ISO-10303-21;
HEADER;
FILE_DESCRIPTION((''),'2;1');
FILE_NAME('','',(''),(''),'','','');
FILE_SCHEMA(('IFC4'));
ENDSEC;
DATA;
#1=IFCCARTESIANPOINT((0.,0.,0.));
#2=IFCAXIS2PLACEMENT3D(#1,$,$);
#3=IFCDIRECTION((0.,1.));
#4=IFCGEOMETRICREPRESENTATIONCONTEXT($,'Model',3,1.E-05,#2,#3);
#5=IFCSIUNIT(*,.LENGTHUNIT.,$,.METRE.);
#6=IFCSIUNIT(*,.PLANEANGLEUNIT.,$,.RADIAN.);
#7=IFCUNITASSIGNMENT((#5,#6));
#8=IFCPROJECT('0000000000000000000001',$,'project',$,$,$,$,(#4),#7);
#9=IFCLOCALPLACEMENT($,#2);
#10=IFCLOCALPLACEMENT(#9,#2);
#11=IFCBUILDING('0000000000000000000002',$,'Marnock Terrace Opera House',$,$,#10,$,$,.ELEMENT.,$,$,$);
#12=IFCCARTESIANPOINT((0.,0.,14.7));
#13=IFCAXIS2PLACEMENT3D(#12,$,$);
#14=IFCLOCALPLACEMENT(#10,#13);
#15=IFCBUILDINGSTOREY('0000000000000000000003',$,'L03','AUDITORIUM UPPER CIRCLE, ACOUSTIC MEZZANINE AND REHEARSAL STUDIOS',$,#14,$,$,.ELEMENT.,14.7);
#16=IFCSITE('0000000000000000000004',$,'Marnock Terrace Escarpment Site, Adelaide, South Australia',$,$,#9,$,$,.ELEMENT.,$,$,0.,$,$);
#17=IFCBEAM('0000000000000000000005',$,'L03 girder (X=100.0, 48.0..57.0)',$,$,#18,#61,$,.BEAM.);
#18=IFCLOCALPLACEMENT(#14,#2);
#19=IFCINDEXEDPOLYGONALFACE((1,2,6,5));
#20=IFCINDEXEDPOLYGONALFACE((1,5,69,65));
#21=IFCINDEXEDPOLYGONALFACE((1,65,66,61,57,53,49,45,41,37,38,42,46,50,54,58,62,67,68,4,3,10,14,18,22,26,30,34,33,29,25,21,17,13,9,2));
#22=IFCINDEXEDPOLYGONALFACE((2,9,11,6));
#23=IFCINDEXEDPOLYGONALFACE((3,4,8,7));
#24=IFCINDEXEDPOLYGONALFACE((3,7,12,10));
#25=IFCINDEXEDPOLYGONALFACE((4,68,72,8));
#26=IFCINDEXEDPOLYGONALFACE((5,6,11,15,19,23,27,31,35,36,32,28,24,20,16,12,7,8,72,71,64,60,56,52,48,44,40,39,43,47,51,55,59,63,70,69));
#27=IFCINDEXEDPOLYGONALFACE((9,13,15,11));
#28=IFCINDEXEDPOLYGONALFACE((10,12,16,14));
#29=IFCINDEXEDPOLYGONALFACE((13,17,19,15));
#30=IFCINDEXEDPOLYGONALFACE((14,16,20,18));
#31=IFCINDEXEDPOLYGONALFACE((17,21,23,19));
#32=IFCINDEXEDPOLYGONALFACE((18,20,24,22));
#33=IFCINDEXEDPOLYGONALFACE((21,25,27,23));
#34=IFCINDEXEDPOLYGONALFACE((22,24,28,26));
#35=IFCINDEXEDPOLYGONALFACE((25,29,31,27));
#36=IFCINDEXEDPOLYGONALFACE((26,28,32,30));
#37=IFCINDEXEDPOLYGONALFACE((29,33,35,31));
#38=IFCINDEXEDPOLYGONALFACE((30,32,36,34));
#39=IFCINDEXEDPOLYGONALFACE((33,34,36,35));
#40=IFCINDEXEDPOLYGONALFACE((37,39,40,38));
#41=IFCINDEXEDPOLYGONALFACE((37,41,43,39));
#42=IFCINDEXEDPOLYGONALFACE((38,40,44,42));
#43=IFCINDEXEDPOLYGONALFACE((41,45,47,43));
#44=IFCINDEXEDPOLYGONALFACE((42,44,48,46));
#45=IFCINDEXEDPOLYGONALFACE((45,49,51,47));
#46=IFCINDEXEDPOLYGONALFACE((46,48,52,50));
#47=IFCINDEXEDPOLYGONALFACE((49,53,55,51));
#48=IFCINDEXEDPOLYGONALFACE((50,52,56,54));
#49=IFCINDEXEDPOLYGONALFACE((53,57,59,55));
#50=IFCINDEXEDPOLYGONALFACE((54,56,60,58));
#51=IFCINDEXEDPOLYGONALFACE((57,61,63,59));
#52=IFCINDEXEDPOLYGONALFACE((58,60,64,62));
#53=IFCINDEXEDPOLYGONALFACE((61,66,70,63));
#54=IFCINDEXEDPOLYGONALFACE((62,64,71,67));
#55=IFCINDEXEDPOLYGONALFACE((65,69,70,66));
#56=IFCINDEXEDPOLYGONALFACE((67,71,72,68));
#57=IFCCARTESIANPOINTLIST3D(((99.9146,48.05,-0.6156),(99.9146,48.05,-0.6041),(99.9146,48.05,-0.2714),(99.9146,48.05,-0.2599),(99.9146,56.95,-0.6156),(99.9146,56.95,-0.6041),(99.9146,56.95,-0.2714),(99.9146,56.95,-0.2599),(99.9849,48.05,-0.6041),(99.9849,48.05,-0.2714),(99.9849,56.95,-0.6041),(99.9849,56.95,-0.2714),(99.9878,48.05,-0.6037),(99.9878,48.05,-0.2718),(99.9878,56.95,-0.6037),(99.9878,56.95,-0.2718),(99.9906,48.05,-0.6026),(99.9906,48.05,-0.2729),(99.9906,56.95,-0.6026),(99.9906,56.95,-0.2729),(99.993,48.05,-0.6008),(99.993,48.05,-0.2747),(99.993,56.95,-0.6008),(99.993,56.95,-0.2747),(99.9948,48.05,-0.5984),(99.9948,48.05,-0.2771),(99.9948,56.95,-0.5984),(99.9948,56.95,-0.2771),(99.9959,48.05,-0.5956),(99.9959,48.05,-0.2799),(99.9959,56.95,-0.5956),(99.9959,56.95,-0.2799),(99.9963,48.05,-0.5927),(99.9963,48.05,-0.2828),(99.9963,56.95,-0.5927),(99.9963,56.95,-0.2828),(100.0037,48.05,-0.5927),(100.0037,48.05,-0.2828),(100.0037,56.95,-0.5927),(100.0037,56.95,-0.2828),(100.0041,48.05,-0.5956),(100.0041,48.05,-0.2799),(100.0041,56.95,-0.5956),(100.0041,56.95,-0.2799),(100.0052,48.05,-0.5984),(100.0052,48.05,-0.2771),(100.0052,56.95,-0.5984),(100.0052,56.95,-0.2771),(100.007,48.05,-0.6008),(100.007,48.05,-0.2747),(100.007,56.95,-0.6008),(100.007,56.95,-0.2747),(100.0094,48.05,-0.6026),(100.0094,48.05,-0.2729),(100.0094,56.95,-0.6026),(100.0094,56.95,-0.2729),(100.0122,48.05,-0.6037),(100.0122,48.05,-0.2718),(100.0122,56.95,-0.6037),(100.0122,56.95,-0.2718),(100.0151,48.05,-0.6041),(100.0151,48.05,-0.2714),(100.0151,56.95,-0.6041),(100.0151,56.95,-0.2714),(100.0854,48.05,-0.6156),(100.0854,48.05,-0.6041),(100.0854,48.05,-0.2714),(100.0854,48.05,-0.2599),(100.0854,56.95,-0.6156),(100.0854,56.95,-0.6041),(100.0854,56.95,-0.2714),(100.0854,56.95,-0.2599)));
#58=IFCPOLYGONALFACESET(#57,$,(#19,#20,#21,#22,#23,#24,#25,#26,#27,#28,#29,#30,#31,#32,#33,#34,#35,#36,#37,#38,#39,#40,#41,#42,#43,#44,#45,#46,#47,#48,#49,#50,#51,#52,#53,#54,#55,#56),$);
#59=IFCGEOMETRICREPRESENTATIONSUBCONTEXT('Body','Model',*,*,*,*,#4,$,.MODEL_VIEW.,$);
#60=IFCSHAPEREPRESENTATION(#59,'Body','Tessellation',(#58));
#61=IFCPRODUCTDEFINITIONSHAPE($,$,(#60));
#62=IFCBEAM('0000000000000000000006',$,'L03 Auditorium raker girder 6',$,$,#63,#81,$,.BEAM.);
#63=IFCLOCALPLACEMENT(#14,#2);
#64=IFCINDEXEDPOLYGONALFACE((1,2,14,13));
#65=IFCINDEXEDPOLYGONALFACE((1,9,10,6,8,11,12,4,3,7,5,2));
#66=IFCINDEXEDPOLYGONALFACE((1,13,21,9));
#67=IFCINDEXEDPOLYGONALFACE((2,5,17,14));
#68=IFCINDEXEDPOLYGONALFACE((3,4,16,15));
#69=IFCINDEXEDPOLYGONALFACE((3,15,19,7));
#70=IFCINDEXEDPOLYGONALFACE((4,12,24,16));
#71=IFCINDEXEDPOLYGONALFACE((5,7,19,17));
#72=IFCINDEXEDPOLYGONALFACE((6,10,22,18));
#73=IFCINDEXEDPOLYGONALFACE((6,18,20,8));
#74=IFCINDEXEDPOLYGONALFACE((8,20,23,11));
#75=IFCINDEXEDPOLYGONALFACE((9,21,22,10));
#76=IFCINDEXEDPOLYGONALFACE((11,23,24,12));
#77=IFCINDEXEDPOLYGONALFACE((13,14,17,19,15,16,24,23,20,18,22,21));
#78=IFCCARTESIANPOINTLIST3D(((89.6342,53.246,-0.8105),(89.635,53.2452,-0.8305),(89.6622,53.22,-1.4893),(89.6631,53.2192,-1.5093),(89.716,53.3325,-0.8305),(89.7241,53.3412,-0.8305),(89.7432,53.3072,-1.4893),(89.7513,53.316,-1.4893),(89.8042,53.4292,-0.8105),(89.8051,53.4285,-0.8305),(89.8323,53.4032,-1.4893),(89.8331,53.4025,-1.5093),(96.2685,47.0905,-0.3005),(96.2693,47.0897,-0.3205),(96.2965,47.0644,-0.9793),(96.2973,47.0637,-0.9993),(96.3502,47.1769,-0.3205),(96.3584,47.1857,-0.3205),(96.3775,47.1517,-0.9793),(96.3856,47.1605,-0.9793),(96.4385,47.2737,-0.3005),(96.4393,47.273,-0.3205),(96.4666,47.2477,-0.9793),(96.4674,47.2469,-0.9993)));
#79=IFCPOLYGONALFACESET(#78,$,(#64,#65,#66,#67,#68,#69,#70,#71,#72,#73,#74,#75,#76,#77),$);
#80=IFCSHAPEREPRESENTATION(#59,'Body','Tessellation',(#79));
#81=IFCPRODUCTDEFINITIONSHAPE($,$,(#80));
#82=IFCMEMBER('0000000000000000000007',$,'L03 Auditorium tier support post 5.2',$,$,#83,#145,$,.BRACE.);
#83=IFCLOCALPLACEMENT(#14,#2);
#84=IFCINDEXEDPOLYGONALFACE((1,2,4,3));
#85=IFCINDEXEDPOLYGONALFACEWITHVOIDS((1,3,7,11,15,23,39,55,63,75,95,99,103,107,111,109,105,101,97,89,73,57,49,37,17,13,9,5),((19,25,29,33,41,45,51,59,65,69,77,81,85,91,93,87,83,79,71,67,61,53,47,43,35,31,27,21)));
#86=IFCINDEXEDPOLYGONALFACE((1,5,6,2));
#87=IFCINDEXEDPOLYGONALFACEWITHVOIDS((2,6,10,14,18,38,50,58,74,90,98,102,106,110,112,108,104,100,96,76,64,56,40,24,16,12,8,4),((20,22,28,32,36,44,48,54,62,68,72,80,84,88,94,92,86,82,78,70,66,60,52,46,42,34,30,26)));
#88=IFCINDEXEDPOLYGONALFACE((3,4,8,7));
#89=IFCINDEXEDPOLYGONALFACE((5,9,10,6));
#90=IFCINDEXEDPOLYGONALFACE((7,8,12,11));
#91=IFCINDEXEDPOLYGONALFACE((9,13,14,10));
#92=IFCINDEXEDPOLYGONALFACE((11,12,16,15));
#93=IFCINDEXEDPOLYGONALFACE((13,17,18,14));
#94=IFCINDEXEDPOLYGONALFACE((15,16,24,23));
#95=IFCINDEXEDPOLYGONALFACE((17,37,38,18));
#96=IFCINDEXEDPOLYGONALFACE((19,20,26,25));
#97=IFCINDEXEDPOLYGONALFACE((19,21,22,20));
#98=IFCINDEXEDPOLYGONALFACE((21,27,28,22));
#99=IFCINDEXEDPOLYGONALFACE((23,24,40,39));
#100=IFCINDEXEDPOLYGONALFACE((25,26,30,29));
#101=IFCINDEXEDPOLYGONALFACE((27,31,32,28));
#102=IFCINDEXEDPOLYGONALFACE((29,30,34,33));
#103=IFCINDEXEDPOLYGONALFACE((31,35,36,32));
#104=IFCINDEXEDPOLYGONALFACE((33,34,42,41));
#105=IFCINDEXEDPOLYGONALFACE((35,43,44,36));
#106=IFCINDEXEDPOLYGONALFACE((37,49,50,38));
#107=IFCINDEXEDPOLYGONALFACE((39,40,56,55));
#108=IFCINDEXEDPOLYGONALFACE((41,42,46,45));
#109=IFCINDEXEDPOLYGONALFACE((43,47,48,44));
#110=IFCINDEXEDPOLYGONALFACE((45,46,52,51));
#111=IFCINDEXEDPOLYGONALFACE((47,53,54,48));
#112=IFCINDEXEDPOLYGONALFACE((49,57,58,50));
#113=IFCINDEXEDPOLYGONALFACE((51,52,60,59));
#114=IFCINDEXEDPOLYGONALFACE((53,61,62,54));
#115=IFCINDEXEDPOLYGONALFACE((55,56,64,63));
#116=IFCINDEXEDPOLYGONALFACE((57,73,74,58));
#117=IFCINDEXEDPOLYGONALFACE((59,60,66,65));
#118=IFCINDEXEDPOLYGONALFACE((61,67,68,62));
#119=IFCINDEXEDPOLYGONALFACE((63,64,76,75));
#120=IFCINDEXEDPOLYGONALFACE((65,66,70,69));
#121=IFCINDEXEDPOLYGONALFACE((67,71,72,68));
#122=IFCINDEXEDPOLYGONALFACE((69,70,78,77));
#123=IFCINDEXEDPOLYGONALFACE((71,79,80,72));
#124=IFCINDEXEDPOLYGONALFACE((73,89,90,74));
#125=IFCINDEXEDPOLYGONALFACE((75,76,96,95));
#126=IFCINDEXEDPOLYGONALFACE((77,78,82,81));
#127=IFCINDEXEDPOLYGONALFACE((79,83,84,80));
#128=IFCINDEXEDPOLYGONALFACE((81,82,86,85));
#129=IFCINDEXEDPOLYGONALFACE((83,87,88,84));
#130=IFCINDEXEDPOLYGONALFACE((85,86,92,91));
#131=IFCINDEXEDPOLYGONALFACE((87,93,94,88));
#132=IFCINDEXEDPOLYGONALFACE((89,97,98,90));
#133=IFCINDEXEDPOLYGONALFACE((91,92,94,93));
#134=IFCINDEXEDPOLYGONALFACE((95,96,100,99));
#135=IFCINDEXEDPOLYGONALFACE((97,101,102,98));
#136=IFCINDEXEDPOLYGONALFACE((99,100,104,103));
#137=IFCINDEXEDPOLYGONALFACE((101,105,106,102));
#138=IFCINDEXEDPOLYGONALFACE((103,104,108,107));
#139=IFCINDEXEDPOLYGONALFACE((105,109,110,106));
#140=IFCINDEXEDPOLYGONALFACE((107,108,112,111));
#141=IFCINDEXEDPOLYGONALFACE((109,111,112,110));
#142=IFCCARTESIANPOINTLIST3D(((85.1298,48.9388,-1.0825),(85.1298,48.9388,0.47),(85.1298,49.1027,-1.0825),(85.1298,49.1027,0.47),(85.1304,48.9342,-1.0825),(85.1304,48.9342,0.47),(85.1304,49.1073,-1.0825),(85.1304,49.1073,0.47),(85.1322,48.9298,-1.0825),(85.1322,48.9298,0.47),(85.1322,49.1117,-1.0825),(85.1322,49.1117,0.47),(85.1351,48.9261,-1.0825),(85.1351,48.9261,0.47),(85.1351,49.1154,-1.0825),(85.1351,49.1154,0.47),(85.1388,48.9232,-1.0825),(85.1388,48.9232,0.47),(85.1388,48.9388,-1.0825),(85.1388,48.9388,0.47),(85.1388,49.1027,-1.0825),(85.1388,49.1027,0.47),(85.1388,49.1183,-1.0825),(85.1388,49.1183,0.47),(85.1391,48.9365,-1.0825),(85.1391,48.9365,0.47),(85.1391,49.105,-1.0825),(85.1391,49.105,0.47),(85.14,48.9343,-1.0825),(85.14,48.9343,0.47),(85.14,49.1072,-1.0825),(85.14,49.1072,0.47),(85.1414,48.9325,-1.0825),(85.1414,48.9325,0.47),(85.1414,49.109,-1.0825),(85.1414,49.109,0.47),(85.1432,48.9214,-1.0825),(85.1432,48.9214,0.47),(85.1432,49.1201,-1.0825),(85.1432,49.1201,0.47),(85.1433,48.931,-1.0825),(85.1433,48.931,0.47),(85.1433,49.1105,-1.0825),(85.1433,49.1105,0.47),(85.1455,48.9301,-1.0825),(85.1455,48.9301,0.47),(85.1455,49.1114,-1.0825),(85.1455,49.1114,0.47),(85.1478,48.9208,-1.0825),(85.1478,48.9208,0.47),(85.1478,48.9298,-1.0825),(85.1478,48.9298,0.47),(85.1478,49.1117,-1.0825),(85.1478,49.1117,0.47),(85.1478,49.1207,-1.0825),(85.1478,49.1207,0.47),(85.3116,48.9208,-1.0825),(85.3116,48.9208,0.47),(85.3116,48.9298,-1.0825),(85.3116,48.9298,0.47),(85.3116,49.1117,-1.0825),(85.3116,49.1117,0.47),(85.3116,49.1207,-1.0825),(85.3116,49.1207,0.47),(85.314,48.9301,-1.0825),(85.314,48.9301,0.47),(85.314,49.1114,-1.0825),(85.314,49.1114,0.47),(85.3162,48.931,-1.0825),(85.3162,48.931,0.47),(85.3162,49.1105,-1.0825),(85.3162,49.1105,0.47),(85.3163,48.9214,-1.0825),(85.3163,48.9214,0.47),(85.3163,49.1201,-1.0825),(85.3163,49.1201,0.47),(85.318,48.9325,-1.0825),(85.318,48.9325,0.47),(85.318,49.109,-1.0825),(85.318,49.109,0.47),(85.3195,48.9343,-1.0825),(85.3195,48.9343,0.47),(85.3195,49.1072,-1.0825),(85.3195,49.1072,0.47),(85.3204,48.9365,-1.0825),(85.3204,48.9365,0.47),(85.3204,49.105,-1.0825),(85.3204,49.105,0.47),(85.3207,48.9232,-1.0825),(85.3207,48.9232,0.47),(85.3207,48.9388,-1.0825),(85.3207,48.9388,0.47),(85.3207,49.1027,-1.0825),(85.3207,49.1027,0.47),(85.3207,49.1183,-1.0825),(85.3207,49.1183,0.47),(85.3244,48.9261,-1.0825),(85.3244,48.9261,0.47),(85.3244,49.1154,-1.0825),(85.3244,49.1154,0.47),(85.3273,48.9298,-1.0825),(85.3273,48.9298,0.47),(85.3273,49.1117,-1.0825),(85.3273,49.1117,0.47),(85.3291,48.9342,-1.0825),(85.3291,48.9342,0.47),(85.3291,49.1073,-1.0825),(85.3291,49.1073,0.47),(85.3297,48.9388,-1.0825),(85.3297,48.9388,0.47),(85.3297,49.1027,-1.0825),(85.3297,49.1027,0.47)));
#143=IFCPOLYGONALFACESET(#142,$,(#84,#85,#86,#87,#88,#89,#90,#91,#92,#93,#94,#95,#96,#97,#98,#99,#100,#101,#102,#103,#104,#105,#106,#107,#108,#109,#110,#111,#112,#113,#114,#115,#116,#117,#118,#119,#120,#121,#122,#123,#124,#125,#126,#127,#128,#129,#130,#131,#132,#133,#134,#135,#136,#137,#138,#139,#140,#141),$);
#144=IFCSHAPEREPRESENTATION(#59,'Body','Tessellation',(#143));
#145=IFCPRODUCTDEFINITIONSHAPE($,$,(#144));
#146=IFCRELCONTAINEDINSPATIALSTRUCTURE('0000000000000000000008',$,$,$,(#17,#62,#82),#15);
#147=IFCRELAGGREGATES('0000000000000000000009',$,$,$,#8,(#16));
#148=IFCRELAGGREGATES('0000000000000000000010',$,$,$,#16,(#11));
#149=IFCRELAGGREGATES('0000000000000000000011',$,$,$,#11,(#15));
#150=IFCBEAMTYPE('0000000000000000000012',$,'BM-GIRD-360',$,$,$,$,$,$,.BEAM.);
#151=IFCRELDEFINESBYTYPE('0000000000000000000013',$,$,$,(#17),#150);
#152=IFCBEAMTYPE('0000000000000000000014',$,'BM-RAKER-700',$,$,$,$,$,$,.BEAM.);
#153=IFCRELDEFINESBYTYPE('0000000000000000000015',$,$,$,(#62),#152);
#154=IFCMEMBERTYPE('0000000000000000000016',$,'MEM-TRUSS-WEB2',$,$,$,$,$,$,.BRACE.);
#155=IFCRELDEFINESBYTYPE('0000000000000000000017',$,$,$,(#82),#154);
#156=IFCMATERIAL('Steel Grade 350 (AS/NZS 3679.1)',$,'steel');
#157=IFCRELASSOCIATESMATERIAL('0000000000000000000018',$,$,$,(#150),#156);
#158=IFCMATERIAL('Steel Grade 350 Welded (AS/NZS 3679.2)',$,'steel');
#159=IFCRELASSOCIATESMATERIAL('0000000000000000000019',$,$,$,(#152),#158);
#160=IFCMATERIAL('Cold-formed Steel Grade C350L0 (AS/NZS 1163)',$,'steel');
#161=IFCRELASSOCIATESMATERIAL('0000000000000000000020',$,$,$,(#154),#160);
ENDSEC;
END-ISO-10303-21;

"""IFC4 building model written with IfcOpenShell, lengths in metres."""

from ifc_helpers import new_model, si_unit, direction, frame, origin, origin_2d, place, context, subcontext, project, spatial, hollow_rectangle, i_section, extrude, material, material_profile, profile_set, type_object, element, save


model = new_model("IFC4")

# Units and contexts
model_context = context("Model", 3, precision=1e-05, world=origin(), true_north=direction((0.0, 1.0)))
body_context = subcontext(model_context, "Body", "Model", "MODEL_VIEW")
ifc_project = project(units=[si_unit("LENGTHUNIT", "METRE"), si_unit("PLANEANGLEUNIT", "RADIAN")], contexts=[model_context])

# Site, building, storey
site_placement = place(None, origin())
site = spatial("IfcSite", under=ifc_project, at=site_placement, Name="Marnock Terrace Escarpment Site, Adelaide, South Australia", CompositionType="ELEMENT", RefElevation=0.0)
building_placement = place(site_placement, origin())
building = spatial("IfcBuilding", under=site, at=building_placement, Name="Marnock Terrace Opera House", CompositionType="ELEMENT")
storey_placement = place(building_placement, frame((0.0, 0.0, 14.7)))
storey = spatial("IfcBuildingStorey", under=building, at=storey_placement, Name="L03", Description="AUDITORIUM UPPER CIRCLE, ACOUSTIC MEZZANINE AND REHEARSAL STUDIOS", CompositionType="ELEMENT", Elevation=14.7)

# Shared definitions
ifc_material_1 = material(Name="Steel Grade 350 (AS/NZS 3679.1)", Category="steel")

# Beams
ifc_material_profile_1 = material_profile(ifc_material_1, i_section(OverallWidth=0.1709, OverallDepth=0.3557, WebThickness=0.0073, FlangeThickness=0.0115, FilletRadius=0.0115, at=origin_2d()))
ifc_profile_set_1 = profile_set([ifc_material_profile_1], Name="Steel Grade 350 (AS/NZS 3679.1)")
beam_type_1 = type_object("IfcBeamType", Name="BM-GIRD-360", PredefinedType="BEAM", material=ifc_profile_set_1)
beam_1_placement = place(storey_placement, frame((100.0, 48.05, -0.4377), z_axis=(0.0, 1.0, 0.0), x_axis=(-1.0, 0.0, 0.0)))
element("IfcBeam", 1, at=beam_1_placement, inside=storey, type_object=beam_type_1, Name="L03 girder (X=100.0, 48.0..57.0)", PredefinedType="BEAM", context=body_context, shape_type="SweptSolid", body=[
    extrude(i_section(OverallWidth=0.1709, OverallDepth=0.3557, WebThickness=0.0073, FlangeThickness=0.0115, FilletRadius=0.0115, at=origin_2d()), origin(), (0.0, 0.0, 1.0), 8.8999),
])
ifc_material_2 = material(Name="Steel Grade 350 Welded (AS/NZS 3679.2)", Category="steel")
ifc_material_profile_2 = material_profile(ifc_material_2, i_section(OverallWidth=0.25, OverallDepth=0.7, WebThickness=0.012, FlangeThickness=0.02, at=origin_2d()))
ifc_profile_set_2 = profile_set([ifc_material_profile_2], Name="Steel Grade 350 Welded (AS/NZS 3679.2)")
beam_type_2 = type_object("IfcBeamType", Name="BM-RAKER-700", PredefinedType="BEAM", material=ifc_profile_set_2)
beam_2_placement = place(storey_placement, frame((89.7336, 53.3242, -1.1599), z_axis=(0.731901, -0.679084, 0.056265), x_axis=(0.680161, 0.733062, 0.0)))
element("IfcBeam", 2, at=beam_2_placement, inside=storey, type_object=beam_type_2, Name="L03 Auditorium raker girder 6", PredefinedType="BEAM", context=body_context, shape_type="SweptSolid", body=[
    extrude(i_section(OverallWidth=0.25, OverallDepth=0.7, WebThickness=0.012, FlangeThickness=0.02, at=origin_2d()), origin(), (0.0, 0.0, 1.0), 9.0645),
])

# Member
ifc_material_3 = material(Name="Cold-formed Steel Grade C350L0 (AS/NZS 1163)", Category="steel")
ifc_material_profile_3 = material_profile(ifc_material_3, hollow_rectangle(XDim=0.2, YDim=0.2, WallThickness=0.009, InnerFilletRadius=0.009, OuterFilletRadius=0.0181, at=origin_2d()))
ifc_profile_set_3 = profile_set([ifc_material_profile_3], Name="Cold-formed Steel Grade C350L0 (AS/NZS 1163)")
member_type = type_object("IfcMemberType", Name="MEM-TRUSS-WEB2", PredefinedType="BRACE", material=ifc_profile_set_3)
member_1_placement = place(storey_placement, frame((85.2297, 49.0208, -1.0825), z_axis=(0.0, 0.0, 1.0), x_axis=(1.0, 0.0, 0.0)))
element("IfcMember", 3, at=member_1_placement, inside=storey, type_object=member_type, Name="L03 Auditorium tier support post 5.2", PredefinedType="BRACE", context=body_context, shape_type="SweptSolid", body=[
    extrude(hollow_rectangle(XDim=0.2, YDim=0.2, WallThickness=0.009, InnerFilletRadius=0.009, OuterFilletRadius=0.0181, at=origin_2d()), origin(), (0.0, 0.0, 1.0), 1.5525),
])

save(model, "model.ifc")
